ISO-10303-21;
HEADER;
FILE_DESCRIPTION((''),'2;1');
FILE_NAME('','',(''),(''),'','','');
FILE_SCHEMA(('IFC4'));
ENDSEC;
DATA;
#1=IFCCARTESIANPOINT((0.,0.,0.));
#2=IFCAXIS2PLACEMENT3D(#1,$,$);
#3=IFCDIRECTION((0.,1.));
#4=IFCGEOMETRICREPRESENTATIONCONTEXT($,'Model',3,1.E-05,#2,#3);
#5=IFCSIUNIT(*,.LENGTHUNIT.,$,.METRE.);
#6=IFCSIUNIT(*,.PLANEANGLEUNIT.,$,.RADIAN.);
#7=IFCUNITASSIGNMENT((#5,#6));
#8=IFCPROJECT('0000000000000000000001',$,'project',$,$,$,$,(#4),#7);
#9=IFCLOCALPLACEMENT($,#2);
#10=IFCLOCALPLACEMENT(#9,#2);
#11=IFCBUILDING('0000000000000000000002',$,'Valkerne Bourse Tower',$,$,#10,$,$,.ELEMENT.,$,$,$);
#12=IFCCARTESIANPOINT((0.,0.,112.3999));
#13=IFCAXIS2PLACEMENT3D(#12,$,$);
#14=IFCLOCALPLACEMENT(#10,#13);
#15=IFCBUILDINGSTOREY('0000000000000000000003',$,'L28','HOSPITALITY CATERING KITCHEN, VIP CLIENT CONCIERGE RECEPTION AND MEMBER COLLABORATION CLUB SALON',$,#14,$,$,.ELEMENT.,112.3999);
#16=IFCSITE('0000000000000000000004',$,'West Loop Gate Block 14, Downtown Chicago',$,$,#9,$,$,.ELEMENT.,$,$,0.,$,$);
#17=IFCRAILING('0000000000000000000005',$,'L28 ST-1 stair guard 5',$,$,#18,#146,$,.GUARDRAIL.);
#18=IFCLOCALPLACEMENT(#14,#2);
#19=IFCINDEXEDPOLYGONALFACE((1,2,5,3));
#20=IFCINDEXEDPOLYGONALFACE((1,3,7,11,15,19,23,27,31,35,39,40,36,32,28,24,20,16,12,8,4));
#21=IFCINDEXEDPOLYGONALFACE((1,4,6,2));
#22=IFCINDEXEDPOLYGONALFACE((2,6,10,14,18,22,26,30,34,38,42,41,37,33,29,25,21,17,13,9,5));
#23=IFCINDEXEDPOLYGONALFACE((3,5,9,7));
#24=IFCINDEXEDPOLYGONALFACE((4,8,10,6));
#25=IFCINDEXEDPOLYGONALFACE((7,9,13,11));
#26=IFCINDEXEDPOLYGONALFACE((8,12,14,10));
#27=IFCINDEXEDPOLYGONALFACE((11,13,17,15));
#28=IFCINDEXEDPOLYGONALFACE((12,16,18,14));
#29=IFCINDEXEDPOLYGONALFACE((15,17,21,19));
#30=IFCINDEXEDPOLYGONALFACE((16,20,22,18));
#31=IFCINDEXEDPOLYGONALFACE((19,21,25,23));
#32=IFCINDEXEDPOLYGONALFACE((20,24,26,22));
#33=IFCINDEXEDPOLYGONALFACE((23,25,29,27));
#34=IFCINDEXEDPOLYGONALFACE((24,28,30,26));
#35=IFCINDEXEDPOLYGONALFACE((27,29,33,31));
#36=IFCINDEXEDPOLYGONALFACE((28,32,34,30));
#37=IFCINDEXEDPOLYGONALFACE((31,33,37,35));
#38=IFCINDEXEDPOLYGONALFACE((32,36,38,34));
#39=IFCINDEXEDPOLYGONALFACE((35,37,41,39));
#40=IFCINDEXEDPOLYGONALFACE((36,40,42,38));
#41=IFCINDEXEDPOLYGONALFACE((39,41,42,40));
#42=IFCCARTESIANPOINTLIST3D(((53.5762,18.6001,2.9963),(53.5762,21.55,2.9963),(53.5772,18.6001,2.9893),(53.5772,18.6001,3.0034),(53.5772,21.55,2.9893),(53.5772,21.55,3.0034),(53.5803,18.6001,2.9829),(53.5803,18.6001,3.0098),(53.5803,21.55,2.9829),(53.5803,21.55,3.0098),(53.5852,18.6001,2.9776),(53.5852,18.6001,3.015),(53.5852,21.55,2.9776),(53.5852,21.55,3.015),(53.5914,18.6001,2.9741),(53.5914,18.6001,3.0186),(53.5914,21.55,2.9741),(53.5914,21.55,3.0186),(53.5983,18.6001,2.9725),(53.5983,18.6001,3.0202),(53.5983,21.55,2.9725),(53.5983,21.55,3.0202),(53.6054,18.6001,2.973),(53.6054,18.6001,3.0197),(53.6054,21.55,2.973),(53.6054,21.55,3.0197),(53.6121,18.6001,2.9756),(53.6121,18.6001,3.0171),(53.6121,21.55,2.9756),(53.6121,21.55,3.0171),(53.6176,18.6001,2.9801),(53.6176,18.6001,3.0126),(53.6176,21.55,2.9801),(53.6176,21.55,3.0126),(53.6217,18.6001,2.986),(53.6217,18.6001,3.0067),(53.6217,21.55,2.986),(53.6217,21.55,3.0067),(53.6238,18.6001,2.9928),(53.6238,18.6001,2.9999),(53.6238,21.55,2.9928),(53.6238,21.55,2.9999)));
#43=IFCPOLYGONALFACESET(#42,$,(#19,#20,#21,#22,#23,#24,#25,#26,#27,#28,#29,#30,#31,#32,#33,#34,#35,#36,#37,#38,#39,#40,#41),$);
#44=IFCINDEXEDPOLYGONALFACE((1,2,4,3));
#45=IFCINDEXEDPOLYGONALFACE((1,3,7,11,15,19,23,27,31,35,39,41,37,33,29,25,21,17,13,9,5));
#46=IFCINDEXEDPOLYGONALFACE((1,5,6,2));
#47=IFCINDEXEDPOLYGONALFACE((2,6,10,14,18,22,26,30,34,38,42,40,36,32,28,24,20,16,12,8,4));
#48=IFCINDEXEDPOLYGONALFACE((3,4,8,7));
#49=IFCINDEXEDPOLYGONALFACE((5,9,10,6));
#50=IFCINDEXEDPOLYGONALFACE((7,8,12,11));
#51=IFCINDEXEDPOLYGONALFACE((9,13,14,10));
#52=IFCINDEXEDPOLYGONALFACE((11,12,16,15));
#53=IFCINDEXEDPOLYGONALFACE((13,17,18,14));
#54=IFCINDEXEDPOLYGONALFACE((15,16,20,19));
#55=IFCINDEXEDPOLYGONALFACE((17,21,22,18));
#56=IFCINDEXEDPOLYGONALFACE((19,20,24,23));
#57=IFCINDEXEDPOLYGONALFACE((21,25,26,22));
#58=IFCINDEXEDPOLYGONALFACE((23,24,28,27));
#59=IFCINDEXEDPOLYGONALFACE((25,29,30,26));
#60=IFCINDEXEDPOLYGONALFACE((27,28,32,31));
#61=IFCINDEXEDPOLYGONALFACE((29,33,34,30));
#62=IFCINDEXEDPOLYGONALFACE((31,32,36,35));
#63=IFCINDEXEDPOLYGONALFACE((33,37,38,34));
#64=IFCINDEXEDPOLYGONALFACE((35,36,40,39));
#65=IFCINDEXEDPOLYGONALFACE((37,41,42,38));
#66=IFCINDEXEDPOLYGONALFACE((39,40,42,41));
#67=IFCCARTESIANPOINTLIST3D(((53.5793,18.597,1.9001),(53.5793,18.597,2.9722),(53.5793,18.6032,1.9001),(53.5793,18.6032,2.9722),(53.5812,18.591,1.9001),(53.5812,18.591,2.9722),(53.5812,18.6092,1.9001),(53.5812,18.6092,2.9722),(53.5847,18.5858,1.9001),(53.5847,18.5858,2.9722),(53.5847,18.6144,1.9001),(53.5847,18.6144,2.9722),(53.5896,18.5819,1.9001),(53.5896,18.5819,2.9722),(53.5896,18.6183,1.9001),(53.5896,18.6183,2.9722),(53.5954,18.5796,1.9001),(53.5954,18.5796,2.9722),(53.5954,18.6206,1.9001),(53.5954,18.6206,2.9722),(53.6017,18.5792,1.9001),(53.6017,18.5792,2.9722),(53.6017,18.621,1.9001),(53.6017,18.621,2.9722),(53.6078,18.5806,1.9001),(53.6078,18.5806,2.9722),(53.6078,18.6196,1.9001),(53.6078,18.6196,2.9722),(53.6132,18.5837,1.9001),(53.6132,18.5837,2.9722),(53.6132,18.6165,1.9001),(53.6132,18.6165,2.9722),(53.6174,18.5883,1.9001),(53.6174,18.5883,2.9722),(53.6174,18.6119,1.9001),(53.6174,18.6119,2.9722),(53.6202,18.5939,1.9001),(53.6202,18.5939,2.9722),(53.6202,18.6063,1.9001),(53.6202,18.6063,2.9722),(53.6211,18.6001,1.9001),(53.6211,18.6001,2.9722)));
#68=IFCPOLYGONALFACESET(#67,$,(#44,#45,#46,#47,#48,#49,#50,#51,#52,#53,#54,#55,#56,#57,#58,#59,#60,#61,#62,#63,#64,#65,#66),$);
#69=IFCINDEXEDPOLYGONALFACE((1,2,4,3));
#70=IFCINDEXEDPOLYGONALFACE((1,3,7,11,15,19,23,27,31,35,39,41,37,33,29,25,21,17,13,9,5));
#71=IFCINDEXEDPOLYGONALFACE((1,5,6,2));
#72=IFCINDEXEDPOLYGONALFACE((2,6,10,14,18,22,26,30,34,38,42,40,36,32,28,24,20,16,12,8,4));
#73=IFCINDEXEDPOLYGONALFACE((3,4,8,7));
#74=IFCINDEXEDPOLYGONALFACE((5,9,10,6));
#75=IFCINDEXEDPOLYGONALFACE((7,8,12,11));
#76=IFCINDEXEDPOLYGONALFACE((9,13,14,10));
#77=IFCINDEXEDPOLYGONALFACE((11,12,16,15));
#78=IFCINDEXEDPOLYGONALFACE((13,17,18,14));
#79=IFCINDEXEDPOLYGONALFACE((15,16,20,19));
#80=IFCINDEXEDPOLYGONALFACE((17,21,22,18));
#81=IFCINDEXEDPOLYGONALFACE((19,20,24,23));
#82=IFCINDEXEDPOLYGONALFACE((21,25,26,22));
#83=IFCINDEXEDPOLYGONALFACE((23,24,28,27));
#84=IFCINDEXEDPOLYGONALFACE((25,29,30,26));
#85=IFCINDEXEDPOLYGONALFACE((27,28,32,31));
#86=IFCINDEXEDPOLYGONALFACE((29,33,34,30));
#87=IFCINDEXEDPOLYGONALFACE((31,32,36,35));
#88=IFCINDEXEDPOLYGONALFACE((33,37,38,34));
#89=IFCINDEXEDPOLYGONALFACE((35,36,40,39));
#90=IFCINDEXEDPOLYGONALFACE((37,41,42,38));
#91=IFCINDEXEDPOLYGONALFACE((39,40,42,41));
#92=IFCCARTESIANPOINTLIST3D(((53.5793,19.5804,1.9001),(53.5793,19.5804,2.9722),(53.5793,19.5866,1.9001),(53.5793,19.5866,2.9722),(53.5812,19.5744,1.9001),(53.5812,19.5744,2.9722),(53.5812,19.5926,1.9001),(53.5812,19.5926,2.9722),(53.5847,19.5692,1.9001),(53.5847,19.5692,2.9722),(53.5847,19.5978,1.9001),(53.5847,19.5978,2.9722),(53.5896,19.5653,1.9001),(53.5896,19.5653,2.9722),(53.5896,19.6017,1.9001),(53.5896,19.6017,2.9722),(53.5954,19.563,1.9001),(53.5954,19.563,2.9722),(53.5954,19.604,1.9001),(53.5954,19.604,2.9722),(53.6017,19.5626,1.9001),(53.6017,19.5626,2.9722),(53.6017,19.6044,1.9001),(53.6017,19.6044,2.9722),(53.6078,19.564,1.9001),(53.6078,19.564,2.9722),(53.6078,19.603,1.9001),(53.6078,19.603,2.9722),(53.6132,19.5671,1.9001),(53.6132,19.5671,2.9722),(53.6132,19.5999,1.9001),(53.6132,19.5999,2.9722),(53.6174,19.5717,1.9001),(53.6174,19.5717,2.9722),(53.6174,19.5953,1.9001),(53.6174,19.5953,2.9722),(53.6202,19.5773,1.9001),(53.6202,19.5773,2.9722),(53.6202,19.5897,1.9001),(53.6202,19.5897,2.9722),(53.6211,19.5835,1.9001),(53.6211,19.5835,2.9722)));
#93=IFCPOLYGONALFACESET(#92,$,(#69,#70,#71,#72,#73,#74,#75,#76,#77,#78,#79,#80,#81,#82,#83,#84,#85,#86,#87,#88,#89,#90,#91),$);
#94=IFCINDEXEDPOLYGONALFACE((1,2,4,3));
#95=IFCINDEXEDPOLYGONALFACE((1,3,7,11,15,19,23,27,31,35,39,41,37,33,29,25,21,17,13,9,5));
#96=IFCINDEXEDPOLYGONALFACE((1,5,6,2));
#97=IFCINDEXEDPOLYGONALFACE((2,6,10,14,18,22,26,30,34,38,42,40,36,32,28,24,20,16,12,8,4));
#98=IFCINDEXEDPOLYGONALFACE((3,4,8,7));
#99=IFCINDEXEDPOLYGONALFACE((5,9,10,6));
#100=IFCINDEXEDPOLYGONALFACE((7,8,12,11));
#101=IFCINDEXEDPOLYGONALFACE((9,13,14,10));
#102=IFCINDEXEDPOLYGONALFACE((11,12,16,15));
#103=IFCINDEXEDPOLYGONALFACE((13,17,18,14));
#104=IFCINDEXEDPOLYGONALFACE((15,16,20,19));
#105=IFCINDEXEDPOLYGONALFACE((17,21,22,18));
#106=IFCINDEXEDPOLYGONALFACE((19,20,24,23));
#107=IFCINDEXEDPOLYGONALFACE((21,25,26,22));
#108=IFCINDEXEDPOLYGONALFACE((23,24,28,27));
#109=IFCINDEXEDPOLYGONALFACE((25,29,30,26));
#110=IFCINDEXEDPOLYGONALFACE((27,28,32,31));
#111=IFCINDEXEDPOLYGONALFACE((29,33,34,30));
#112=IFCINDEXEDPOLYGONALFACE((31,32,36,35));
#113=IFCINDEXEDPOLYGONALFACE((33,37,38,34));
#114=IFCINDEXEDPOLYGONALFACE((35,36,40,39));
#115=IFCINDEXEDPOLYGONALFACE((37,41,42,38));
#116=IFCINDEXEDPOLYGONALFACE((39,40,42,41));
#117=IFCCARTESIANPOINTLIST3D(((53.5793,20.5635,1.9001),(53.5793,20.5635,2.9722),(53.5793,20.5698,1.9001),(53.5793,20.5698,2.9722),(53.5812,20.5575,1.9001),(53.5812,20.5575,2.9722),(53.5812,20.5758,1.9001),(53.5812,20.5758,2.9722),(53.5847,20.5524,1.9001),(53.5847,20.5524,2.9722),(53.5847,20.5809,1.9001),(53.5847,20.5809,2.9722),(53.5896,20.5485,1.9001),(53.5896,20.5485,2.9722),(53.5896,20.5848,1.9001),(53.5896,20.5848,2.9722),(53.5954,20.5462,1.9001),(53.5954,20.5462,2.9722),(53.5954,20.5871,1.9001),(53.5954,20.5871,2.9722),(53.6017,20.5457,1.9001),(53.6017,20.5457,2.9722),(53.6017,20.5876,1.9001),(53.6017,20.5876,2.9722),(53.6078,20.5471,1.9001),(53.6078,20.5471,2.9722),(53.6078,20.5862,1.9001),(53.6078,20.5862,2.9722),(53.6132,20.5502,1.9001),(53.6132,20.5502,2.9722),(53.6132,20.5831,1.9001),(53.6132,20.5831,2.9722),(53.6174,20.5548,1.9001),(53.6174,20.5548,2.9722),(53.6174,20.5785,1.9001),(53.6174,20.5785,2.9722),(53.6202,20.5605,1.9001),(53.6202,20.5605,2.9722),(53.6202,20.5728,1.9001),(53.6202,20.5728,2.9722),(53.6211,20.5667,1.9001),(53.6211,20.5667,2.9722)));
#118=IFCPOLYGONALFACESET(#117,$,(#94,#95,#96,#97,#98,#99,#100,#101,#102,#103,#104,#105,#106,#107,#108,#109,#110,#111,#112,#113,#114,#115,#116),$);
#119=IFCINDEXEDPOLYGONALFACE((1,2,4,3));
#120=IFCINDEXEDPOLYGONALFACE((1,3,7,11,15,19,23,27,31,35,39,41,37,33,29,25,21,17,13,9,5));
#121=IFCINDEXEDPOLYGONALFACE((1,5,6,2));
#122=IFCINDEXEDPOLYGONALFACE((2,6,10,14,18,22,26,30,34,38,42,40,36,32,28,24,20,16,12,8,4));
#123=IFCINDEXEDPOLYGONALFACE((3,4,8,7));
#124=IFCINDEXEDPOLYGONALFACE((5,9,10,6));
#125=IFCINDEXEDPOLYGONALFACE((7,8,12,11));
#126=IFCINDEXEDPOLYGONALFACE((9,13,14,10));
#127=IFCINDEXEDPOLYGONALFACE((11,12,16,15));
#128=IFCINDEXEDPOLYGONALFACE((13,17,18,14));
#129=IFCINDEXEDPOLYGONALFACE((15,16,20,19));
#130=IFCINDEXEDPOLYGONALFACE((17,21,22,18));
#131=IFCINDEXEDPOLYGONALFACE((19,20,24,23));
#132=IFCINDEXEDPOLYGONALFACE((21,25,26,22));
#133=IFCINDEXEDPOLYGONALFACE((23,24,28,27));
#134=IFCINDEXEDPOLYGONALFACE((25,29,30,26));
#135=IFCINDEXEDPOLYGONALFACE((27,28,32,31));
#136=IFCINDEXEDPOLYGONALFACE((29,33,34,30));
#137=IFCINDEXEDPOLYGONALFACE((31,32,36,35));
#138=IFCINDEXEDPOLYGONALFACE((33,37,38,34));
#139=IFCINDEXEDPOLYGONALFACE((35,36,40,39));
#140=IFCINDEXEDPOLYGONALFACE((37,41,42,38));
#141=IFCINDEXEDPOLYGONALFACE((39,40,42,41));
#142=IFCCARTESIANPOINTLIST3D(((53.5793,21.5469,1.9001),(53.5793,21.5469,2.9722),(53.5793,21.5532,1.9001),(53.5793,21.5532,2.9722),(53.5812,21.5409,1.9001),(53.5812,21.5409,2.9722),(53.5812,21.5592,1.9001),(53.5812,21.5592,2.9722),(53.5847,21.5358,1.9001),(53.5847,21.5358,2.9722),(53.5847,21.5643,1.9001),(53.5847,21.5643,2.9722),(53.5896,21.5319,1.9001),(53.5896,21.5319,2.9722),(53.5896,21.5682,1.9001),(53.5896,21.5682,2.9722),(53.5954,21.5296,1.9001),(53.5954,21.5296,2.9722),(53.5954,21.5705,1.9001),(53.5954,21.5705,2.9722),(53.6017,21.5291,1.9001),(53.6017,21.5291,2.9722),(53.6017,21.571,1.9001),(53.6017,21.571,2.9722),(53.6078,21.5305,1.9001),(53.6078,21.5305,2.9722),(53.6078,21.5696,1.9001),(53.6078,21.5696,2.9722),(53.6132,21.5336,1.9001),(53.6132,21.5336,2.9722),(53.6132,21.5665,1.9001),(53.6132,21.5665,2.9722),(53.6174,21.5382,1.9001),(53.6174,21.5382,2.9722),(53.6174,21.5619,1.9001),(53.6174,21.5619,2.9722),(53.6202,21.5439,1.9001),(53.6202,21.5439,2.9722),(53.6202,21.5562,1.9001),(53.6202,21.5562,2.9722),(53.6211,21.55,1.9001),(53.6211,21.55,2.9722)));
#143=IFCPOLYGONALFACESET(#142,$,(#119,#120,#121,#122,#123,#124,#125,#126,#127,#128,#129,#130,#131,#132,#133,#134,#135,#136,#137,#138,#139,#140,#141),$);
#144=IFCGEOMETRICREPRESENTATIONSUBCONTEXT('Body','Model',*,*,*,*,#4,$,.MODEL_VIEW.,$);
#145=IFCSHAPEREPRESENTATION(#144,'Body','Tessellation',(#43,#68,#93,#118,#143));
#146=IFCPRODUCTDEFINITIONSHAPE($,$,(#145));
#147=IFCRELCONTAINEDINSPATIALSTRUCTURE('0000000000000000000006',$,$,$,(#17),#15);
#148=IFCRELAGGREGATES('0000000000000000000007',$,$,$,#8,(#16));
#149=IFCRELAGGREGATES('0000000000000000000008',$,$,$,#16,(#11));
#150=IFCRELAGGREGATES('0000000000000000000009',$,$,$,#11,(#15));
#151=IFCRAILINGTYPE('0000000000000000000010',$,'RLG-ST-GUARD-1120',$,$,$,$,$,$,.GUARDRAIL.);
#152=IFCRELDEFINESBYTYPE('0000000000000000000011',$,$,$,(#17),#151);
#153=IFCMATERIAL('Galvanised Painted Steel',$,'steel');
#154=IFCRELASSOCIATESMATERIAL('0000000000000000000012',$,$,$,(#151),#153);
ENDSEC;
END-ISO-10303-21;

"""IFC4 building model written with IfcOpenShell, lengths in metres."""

from ifc_helpers import new_model, si_unit, direction, frame, origin, origin_2d, place, context, subcontext, project, spatial, circle, extrude, material, type_object, element, save


model = new_model("IFC4")

# Units and contexts
model_context = context("Model", 3, precision=1e-05, world=origin(), true_north=direction((0.0, 1.0)))
body_context = subcontext(model_context, "Body", "Model", "MODEL_VIEW")
ifc_project = project(units=[si_unit("LENGTHUNIT", "METRE"), si_unit("PLANEANGLEUNIT", "RADIAN")], contexts=[model_context])

# Site, building, storey
site_placement = place(None, origin())
site = spatial("IfcSite", under=ifc_project, at=site_placement, Name="West Loop Gate Block 14, Downtown Chicago", CompositionType="ELEMENT", RefElevation=0.0)
building_placement = place(site_placement, origin())
building = spatial("IfcBuilding", under=site, at=building_placement, Name="Valkerne Bourse Tower", CompositionType="ELEMENT")
storey_placement = place(building_placement, frame((0.0, 0.0, 112.3999)))
storey = spatial("IfcBuildingStorey", under=building, at=storey_placement, Name="L28", Description="HOSPITALITY CATERING KITCHEN, VIP CLIENT CONCIERGE RECEPTION AND MEMBER COLLABORATION CLUB SALON", CompositionType="ELEMENT", Elevation=112.3999)

# Shared definitions
ifc_material_1 = material(Name="Galvanised Painted Steel", Category="steel")

# Railing
railing_type = type_object("IfcRailingType", Name="RLG-ST-GUARD-1120", PredefinedType="GUARDRAIL", material=ifc_material_1)
railing_1_placement = place(storey_placement, frame((53.6001, 18.6001, 1.9001)))
element("IfcRailing", 1, at=railing_1_placement, inside=storey, type_object=railing_type, Name="L28 ST-1 stair guard 5", PredefinedType="GUARDRAIL", context=body_context, shape_type="SweptSolid", body=[
    extrude(circle(Radius=0.0239, at=origin_2d()), frame((0.0, 0.0, 1.0962), z_axis=(0.0, 1.0, 0.0), x_axis=(-1.0, 0.0, 0.0)), (0.0, 0.0, 1.0), 2.95),
    extrude(circle(Radius=0.021, at=origin_2d()), origin(), (0.0, 0.0, 1.0), 1.072),
    extrude(circle(Radius=0.021, at=origin_2d()), frame((0.0, 0.9834, 0.0)), (0.0, 0.0, 1.0), 1.072),
    extrude(circle(Radius=0.021, at=origin_2d()), frame((0.0, 1.9666, 0.0)), (0.0, 0.0, 1.0), 1.072),
    extrude(circle(Radius=0.021, at=origin_2d()), frame((0.0, 2.95, 0.0)), (0.0, 0.0, 1.0), 1.072),
])

save(model, "model.ifc")
